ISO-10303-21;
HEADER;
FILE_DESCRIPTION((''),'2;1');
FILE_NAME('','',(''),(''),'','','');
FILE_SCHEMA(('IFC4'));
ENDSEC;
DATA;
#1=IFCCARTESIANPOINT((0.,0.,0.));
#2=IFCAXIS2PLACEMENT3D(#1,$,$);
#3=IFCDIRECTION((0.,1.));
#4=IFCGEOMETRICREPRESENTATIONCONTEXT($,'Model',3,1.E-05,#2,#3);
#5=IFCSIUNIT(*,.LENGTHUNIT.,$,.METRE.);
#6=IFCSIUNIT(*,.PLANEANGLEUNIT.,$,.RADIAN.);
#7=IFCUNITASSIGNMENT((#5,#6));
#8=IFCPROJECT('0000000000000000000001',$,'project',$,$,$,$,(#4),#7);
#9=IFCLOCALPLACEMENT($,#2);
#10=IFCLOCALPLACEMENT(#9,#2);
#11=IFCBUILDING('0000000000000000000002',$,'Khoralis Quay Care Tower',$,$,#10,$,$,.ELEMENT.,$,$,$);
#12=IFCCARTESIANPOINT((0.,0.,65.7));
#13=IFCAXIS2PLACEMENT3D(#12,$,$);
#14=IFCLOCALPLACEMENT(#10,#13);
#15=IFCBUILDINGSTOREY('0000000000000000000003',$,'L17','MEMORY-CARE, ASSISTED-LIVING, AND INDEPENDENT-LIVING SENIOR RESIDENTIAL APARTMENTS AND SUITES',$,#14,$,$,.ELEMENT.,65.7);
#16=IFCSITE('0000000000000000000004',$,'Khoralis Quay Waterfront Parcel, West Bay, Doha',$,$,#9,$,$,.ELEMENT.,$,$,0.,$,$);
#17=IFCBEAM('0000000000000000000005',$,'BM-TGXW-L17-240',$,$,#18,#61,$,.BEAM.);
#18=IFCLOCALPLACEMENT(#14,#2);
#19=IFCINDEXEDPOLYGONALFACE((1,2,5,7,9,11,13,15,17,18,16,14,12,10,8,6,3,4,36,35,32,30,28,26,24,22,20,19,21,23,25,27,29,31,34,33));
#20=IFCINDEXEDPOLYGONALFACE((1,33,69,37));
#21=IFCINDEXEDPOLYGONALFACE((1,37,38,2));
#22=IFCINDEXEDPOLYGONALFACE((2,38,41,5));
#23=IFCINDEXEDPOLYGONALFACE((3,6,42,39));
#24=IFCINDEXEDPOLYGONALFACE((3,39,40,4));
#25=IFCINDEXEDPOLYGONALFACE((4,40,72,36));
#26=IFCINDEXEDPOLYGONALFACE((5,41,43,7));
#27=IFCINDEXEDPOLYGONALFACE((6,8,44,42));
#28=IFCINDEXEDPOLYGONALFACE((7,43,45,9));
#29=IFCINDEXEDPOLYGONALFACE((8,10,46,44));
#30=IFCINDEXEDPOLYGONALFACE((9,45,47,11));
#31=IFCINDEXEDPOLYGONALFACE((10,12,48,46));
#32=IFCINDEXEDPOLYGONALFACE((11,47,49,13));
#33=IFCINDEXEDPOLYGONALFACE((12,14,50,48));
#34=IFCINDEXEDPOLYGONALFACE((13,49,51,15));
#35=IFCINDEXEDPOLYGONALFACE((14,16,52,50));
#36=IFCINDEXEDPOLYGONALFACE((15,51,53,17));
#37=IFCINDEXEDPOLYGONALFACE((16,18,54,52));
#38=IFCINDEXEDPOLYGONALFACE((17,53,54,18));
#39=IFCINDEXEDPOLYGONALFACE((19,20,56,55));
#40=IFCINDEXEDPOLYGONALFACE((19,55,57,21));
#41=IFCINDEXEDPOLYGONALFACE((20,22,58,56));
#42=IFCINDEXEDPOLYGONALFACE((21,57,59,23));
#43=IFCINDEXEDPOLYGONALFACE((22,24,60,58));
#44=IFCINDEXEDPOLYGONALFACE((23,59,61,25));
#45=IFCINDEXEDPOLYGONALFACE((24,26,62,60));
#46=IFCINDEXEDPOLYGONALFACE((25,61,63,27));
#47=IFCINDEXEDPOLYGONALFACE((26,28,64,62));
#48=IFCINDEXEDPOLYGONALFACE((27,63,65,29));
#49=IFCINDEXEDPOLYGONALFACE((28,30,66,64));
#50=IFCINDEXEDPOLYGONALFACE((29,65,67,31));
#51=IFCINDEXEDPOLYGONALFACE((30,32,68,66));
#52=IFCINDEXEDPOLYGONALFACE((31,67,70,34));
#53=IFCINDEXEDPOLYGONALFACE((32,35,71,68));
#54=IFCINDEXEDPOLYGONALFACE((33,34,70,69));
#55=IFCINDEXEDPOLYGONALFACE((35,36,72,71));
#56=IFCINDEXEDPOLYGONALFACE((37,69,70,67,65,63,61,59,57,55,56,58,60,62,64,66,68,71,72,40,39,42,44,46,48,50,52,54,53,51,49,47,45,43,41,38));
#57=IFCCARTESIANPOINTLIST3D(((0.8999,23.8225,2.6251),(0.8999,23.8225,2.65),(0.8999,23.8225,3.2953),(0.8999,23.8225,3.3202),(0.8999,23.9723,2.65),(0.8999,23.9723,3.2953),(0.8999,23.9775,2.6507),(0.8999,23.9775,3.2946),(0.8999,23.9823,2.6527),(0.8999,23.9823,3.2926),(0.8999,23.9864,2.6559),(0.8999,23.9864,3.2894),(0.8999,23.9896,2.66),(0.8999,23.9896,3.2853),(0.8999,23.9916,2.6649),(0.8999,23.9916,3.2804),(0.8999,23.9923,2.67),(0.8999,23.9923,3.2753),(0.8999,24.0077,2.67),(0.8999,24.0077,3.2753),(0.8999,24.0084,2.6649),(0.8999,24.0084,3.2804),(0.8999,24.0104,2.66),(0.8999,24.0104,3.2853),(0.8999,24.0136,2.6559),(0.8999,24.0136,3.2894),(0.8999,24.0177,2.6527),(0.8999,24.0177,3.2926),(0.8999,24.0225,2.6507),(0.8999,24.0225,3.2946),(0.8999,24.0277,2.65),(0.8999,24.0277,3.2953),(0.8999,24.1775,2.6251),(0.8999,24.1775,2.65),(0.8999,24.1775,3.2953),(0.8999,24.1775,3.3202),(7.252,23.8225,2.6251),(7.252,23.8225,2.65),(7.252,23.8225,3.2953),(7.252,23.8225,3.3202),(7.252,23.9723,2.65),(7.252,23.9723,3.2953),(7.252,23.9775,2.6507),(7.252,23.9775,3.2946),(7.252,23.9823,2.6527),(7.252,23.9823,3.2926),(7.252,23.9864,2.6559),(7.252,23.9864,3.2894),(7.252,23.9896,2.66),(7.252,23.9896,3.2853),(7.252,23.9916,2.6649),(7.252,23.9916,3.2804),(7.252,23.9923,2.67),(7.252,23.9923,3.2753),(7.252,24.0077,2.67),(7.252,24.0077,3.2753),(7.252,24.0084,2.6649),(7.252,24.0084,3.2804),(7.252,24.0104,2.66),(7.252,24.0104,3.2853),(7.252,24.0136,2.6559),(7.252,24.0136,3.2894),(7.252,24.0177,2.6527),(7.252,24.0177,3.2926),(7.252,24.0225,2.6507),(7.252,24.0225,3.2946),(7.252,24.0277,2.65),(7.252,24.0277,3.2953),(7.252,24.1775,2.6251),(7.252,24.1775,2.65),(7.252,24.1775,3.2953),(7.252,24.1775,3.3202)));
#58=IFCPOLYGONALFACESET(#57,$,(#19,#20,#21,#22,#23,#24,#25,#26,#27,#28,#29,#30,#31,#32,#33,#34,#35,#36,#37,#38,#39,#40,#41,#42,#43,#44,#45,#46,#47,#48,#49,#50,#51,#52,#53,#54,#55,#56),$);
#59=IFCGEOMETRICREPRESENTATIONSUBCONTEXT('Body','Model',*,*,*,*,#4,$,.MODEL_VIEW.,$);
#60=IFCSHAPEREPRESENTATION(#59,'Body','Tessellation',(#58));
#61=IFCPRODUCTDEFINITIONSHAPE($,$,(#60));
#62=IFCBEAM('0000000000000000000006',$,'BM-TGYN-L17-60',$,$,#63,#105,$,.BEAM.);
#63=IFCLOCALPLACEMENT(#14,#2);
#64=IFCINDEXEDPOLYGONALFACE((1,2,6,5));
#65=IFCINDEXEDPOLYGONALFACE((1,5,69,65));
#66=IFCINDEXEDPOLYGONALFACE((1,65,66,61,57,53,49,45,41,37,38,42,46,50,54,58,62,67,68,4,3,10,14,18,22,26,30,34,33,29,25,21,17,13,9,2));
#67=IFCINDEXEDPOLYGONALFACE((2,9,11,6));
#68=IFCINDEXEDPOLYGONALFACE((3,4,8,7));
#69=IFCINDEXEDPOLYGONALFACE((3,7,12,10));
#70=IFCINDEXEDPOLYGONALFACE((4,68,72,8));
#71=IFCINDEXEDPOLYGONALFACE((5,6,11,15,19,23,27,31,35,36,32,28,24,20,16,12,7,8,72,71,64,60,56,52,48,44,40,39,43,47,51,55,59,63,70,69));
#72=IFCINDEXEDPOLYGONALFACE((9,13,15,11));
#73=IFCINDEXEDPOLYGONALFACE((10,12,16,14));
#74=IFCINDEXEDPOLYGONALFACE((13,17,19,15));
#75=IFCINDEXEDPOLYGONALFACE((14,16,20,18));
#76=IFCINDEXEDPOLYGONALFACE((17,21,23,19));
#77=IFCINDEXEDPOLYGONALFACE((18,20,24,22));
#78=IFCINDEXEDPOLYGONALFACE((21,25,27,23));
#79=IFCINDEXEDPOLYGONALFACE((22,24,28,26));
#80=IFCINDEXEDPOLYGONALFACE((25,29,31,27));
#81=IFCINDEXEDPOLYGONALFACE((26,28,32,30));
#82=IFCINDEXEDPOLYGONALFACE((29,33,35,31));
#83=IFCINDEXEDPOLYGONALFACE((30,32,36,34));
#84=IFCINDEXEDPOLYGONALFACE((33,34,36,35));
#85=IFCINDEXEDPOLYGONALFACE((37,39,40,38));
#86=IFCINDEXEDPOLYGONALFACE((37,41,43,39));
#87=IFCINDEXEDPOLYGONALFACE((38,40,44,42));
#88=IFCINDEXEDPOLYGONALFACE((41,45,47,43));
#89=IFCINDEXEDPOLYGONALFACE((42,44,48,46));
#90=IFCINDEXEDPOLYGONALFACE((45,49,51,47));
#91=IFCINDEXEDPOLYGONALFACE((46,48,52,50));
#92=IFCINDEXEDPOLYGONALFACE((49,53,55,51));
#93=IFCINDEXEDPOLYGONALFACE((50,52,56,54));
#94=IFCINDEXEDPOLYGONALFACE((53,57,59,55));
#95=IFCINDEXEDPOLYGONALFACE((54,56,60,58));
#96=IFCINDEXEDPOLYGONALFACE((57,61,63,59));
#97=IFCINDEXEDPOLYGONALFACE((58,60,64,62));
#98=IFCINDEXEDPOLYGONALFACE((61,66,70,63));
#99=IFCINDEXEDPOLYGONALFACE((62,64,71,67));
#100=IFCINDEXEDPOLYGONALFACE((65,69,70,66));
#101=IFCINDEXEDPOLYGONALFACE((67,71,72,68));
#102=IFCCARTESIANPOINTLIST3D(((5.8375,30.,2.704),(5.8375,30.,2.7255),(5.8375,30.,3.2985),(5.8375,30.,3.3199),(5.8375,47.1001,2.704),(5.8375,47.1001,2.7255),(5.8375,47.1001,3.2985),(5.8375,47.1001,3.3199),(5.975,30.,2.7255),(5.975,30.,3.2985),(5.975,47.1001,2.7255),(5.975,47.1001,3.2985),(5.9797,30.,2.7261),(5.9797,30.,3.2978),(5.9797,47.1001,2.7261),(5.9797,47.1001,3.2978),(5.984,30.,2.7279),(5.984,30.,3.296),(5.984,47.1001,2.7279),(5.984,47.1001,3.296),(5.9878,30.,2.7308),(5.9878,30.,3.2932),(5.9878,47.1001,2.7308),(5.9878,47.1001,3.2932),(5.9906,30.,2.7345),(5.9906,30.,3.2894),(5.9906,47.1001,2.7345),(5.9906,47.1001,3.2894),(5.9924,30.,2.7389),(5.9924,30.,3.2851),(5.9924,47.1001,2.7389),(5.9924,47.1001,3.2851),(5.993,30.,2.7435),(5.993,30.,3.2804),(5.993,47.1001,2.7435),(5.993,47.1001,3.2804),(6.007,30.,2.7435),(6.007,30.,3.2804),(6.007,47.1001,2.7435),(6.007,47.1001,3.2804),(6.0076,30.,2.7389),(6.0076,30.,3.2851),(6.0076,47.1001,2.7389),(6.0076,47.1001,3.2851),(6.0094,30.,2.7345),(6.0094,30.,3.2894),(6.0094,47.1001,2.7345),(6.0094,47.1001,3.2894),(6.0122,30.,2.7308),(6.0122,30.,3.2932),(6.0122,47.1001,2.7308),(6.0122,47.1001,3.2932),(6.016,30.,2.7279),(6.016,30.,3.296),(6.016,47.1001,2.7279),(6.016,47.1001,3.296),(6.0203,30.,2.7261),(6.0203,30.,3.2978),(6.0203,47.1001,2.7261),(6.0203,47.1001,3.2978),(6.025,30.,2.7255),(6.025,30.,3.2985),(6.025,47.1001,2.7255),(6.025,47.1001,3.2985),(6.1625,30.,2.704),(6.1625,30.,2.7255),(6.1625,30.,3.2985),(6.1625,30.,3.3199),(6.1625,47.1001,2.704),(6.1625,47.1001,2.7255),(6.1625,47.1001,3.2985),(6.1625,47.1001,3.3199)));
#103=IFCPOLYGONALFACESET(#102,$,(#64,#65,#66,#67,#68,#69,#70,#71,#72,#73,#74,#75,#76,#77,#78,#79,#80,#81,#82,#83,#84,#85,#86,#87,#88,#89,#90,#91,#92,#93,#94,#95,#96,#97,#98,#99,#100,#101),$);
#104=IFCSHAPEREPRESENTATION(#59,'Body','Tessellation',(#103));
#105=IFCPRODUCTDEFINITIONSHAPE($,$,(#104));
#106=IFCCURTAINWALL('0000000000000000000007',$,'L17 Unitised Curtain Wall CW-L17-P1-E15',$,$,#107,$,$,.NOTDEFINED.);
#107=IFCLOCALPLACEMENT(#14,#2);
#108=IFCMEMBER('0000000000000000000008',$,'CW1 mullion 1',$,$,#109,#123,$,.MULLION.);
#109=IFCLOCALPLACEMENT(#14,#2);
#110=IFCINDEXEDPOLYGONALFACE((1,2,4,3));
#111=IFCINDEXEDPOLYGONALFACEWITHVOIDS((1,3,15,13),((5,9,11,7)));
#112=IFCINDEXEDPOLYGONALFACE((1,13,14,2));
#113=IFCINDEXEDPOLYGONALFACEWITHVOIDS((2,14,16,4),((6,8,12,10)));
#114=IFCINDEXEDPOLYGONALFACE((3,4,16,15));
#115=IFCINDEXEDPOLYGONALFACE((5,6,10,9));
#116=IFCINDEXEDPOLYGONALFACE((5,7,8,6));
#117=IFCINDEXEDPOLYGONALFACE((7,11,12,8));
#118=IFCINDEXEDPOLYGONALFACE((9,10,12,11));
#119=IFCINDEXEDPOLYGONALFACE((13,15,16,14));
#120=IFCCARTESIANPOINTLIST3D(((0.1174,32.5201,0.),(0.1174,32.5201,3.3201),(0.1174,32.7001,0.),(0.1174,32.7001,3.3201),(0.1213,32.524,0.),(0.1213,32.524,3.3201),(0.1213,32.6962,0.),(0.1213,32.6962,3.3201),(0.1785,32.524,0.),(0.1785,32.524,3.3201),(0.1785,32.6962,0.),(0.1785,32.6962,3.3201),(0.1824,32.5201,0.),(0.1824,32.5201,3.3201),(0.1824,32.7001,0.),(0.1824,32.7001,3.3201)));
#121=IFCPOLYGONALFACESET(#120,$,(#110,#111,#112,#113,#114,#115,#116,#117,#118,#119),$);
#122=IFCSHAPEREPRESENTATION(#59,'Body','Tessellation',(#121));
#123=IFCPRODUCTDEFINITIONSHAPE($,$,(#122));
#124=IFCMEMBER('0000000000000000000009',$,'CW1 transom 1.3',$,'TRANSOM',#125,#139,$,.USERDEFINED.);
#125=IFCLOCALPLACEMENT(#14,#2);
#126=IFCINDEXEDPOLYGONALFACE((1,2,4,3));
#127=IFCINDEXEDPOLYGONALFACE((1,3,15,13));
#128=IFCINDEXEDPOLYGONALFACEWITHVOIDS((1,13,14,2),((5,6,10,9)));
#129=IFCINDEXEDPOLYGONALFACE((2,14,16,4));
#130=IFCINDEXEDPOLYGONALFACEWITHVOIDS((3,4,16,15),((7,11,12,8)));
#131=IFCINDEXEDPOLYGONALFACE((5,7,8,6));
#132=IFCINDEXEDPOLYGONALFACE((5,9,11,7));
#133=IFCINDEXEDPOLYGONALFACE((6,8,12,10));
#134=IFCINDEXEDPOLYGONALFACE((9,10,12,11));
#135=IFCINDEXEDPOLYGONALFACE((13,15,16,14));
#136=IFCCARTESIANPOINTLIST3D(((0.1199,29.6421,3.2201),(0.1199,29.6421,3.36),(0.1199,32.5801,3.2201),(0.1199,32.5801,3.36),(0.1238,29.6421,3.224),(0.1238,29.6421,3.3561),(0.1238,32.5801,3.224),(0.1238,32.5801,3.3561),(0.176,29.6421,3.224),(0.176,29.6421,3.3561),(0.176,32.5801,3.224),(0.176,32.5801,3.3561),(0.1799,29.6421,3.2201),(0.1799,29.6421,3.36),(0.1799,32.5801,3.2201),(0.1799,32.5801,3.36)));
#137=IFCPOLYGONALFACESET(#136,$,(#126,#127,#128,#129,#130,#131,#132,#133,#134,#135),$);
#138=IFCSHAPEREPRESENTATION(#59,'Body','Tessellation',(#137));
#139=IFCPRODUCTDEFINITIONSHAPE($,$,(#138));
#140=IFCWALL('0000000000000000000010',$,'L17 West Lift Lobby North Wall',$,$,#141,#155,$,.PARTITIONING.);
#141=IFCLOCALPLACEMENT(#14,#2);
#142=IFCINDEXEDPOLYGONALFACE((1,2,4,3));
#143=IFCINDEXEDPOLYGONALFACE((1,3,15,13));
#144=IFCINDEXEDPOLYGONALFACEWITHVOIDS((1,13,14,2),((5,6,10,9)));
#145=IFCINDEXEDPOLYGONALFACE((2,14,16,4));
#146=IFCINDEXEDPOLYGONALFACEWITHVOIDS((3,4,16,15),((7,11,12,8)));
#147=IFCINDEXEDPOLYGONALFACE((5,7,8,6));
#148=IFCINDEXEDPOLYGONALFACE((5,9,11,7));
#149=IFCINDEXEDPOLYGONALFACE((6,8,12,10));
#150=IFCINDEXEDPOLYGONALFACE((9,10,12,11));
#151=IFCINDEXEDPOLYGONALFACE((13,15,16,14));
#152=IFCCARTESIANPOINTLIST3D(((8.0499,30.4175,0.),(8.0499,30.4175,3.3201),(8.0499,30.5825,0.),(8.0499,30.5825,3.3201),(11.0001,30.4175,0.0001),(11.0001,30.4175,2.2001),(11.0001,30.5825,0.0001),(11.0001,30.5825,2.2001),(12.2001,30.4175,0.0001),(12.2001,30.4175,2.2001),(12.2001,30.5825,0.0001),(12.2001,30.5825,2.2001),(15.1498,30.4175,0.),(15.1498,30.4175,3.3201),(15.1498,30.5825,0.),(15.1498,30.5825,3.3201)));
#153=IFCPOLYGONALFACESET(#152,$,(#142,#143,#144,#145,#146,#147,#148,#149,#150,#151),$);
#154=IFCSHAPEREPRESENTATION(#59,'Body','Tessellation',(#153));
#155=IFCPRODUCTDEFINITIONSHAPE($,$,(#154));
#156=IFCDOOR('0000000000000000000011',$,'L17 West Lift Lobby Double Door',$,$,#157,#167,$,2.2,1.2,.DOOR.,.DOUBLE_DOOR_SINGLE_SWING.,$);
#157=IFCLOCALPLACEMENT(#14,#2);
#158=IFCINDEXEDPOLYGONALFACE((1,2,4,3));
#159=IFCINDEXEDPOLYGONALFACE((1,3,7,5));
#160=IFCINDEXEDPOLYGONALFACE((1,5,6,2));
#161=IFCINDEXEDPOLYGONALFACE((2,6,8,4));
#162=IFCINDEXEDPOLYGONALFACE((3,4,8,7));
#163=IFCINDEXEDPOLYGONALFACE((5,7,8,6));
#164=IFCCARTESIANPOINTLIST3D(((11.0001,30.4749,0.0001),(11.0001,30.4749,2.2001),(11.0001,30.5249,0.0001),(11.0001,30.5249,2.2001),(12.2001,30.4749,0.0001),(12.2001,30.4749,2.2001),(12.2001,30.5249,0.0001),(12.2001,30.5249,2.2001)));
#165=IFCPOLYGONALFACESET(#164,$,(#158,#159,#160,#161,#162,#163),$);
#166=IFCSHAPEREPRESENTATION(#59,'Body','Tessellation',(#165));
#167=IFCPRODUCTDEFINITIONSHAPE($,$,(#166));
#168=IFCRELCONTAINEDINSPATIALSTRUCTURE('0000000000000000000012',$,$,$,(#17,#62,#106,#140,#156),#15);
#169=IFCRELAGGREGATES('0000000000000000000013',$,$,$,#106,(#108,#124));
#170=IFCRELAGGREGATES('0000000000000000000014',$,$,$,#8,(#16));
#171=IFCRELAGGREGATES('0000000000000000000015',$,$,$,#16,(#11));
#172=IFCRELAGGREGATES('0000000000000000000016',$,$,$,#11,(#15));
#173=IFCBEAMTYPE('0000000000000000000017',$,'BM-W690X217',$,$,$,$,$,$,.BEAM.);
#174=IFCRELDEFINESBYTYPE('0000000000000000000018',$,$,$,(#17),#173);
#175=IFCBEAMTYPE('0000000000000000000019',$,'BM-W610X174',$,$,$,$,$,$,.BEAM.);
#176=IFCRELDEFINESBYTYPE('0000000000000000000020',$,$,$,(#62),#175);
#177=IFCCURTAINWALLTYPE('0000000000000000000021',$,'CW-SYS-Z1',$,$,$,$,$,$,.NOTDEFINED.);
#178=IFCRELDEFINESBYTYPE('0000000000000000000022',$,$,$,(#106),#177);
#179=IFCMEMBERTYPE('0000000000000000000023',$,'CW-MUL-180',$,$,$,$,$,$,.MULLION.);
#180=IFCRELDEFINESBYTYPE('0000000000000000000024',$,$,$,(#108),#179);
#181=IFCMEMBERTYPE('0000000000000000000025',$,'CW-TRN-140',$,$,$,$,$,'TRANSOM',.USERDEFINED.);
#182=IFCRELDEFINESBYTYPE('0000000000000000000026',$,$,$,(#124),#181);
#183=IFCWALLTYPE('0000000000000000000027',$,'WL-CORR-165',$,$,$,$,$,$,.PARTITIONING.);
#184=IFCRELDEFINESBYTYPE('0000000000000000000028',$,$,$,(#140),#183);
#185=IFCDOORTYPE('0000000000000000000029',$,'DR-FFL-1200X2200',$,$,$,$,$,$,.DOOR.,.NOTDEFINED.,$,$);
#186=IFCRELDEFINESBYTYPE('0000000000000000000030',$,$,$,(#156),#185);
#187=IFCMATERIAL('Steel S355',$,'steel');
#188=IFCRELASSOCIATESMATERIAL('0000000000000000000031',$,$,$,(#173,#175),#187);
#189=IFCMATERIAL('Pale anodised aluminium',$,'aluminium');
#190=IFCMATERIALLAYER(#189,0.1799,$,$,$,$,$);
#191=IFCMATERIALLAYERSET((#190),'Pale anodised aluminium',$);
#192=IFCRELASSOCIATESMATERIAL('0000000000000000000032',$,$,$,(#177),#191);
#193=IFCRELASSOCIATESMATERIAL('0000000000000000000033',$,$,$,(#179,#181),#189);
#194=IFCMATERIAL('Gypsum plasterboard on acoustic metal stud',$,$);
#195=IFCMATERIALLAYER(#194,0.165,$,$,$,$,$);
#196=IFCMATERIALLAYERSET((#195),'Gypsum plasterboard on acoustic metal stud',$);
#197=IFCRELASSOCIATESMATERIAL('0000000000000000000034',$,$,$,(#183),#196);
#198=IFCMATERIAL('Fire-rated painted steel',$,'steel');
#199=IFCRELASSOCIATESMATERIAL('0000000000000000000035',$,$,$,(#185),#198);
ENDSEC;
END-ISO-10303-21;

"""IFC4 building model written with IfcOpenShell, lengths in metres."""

from ifc_helpers import new_model, si_unit, direction, frame, frame_2d, origin, origin_2d, place, context, subcontext, project, spatial, rectangle, hollow_rectangle, i_section, extrude, source, transform, mapped, material, layer, layer_set, material_profile, profile_set, type_object, element, fill, aggregate, save


model = new_model("IFC4")

# Units and contexts
model_context = context("Model", 3, precision=1e-05, world=origin(), true_north=direction((0.0, 1.0)))
body_context = subcontext(model_context, "Body", "Model", "MODEL_VIEW")
ifc_project = project(units=[si_unit("LENGTHUNIT", "METRE"), si_unit("PLANEANGLEUNIT", "RADIAN")], contexts=[model_context])

# Site, building, storey
site_placement = place(None, origin())
site = spatial("IfcSite", under=ifc_project, at=site_placement, Name="Khoralis Quay Waterfront Parcel, West Bay, Doha", CompositionType="ELEMENT", RefElevation=0.0)
building_placement = place(site_placement, origin())
building = spatial("IfcBuilding", under=site, at=building_placement, Name="Khoralis Quay Care Tower", CompositionType="ELEMENT")
storey_placement = place(building_placement, frame((0.0, 0.0, 65.7)))
storey = spatial("IfcBuildingStorey", under=building, at=storey_placement, Name="L17", Description="MEMORY-CARE, ASSISTED-LIVING, AND INDEPENDENT-LIVING SENIOR RESIDENTIAL APARTMENTS AND SUITES", CompositionType="ELEMENT", Elevation=65.7)

# Beams
ifc_material_1 = material(Name="Steel S355", Category="steel")
ifc_material_profile_1 = material_profile(ifc_material_1, i_section(OverallWidth=0.355, OverallDepth=0.6951, WebThickness=0.0154, FlangeThickness=0.0249, FilletRadius=0.02, at=origin_2d()), Name="Steel S355")
ifc_profile_set_1 = profile_set([ifc_material_profile_1], Name="Steel S355")
beam_type_1 = type_object("IfcBeamType", Name="BM-W690X217", PredefinedType="BEAM", material=ifc_profile_set_1)
shared_shape_1 = source(origin(), body_context, "Body", "SweptSolid", [
    extrude(i_section(OverallWidth=0.355, OverallDepth=0.6951, WebThickness=0.0154, FlangeThickness=0.0249, FilletRadius=0.02, at=origin_2d()), origin(), (0.0, 0.0, 1.0), 6.3521),
])
beam_1_placement = place(storey_placement, frame((0.8999, 24.0, 2.9727), z_axis=(1.0, 0.0, 0.0), x_axis=(0.0, 1.0, 0.0)))
element("IfcBeam", 1, at=beam_1_placement, inside=storey, type_object=beam_type_1, Name="BM-TGXW-L17-240", PredefinedType="BEAM", context=body_context, shape_type="MappedRepresentation", body=[
    mapped(shared_shape_1, transform((0.0, 0.0, 0.0), scale=1.0)),
])
ifc_material_profile_2 = material_profile(ifc_material_1, i_section(OverallWidth=0.325, OverallDepth=0.616, WebThickness=0.0139, FlangeThickness=0.0215, FilletRadius=0.0181, at=origin_2d()), Name="Steel S355")
ifc_profile_set_2 = profile_set([ifc_material_profile_2], Name="Steel S355")
beam_type_2 = type_object("IfcBeamType", Name="BM-W610X174", PredefinedType="BEAM", material=ifc_profile_set_2)
shared_shape_2 = source(origin(), body_context, "Body", "SweptSolid", [
    extrude(i_section(OverallWidth=0.325, OverallDepth=0.616, WebThickness=0.0139, FlangeThickness=0.0215, FilletRadius=0.0181, at=origin_2d()), origin(), (0.0, 0.0, 1.0), 17.1001),
])
beam_2_placement = place(storey_placement, frame((6.0, 30.0, 3.012), z_axis=(0.0, 1.0, 0.0), x_axis=(-1.0, 0.0, 0.0)))
element("IfcBeam", 2, at=beam_2_placement, inside=storey, type_object=beam_type_2, Name="BM-TGYN-L17-60", PredefinedType="BEAM", context=body_context, shape_type="MappedRepresentation", body=[
    mapped(shared_shape_2, transform((0.0, 0.0, 0.0), scale=1.0)),
])

# Curtain wall, members
ifc_material_2 = material(Name="Pale anodised aluminium", Category="aluminium")
ifc_layer_1 = layer(ifc_material_2, 0.1799)
ifc_layer_set_1 = layer_set([ifc_layer_1], Name="Pale anodised aluminium")
curtain_wall_type = type_object("IfcCurtainWallType", Name="CW-SYS-Z1", PredefinedType="NOTDEFINED", material=ifc_layer_set_1)
curtain_wall_placement = place(storey_placement, origin())
curtain_wall = element("IfcCurtainWall", 3, at=curtain_wall_placement, inside=storey, type_object=curtain_wall_type, Name="L17 Unitised Curtain Wall CW-L17-P1-E15", PredefinedType="NOTDEFINED")
ifc_material_profile_3 = material_profile(ifc_material_2, hollow_rectangle(XDim=0.0649, YDim=0.1799, WallThickness=0.0039, at=origin_2d()), Name="Pale anodised aluminium")
ifc_profile_set_3 = profile_set([ifc_material_profile_3], Name="Pale anodised aluminium")
member_type_1 = type_object("IfcMemberType", Name="CW-MUL-180", PredefinedType="MULLION", material=ifc_profile_set_3)
shared_shape_3 = source(origin(), body_context, "Body", "SweptSolid", [
    extrude(hollow_rectangle(XDim=0.0649, YDim=0.1799, WallThickness=0.0039, at=origin_2d()), origin(), (0.0, 0.0, 1.0), 3.3201),
])
member_1_placement = place(storey_placement, frame((0.1499, 32.6101, 0.0), z_axis=(0.0, 0.0, 1.0), x_axis=(1.0, 0.0, 0.0)))
member_1 = element("IfcMember", 4, at=member_1_placement, type_object=member_type_1, Name="CW1 mullion 1", PredefinedType="MULLION", context=body_context, shape_type="MappedRepresentation", body=[
    mapped(shared_shape_3, transform((0.0, 0.0, 0.0), scale=1.0)),
])
ifc_material_profile_4 = material_profile(ifc_material_2, hollow_rectangle(XDim=0.0601, YDim=0.1399, WallThickness=0.0039, at=origin_2d()), Name="Pale anodised aluminium")
ifc_profile_set_4 = profile_set([ifc_material_profile_4], Name="Pale anodised aluminium")
member_type_2 = type_object("IfcMemberType", Name="CW-TRN-140", ElementType="TRANSOM", PredefinedType="USERDEFINED", material=ifc_profile_set_4)
shared_shape_4 = source(origin(), body_context, "Body", "SweptSolid", [
    extrude(hollow_rectangle(XDim=0.0601, YDim=0.1399, WallThickness=0.0039, at=origin_2d()), origin(), (0.0, 0.0, 1.0), 2.938),
])
member_2_placement = place(storey_placement, frame((0.1499, 32.5801, 3.29), z_axis=(0.0, -1.0, 0.0), x_axis=(1.0, 0.0, 0.0)))
member_2 = element("IfcMember", 5, at=member_2_placement, type_object=member_type_2, Name="CW1 transom 1.3", ObjectType="TRANSOM", PredefinedType="USERDEFINED", context=body_context, shape_type="MappedRepresentation", body=[
    mapped(shared_shape_4, transform((0.0, 0.0, 0.0), scale=1.0)),
])
aggregate(curtain_wall, [member_1, member_2])

# Wall, opening, door
ifc_material_3 = material(Name="Gypsum plasterboard on acoustic metal stud")
ifc_layer_2 = layer(ifc_material_3, 0.165)
ifc_layer_set_2 = layer_set([ifc_layer_2], Name="Gypsum plasterboard on acoustic metal stud")
wall_type_1 = type_object("IfcWallType", Name="WL-CORR-165", PredefinedType="PARTITIONING", material=ifc_layer_set_2)
wall_1_placement = place(storey_placement, frame((8.05, 30.5, 0.0), z_axis=(0.0, 0.0, 1.0), x_axis=(1.0, 0.0, 0.0)))
wall_1 = element("IfcWall", 6, at=wall_1_placement, inside=storey, type_object=wall_type_1, Name="L17 West Lift Lobby North Wall", PredefinedType="PARTITIONING", context=body_context, shape_type="SweptSolid", body=[
    extrude(rectangle(XDim=7.0999, YDim=0.165, at=frame_2d((3.5498, 0.0))), origin(), (0.0, 0.0, 1.0), 3.3201),
])
opening_placement = place(wall_1_placement, frame((2.95, 0.0, 0.0)))
opening = element("IfcOpeningElement", 7, at=opening_placement, cuts=wall_1, PredefinedType="OPENING", context=body_context, shape_type="SweptSolid", body=[
    extrude(rectangle(XDim=1.2, YDim=2.2, at=frame_2d((0.6001, 1.1001))), frame((0.0, 0.0925, 0.0), z_axis=(0.0, -1.0, 0.0), x_axis=(1.0, 0.0, 0.0)), (0.0, 0.0, 1.0), 0.1851),
])
ifc_material_4 = material(Name="Fire-rated painted steel", Category="steel")
door_type = type_object("IfcDoorType", Name="DR-FFL-1200X2200", OperationType="NOTDEFINED", PredefinedType="DOOR", material=ifc_material_4)
shared_shape_5 = source(origin(), body_context, "Body", "SweptSolid", [
    extrude(rectangle(XDim=1.2, YDim=2.2, at=frame_2d((0.6001, 1.1001))), frame((0.0, 0.0249, 0.0), z_axis=(0.0, -1.0, 0.0), x_axis=(1.0, 0.0, 0.0)), (0.0, 0.0, 1.0), 0.05),
])
door_placement = place(opening_placement, origin())
door = element("IfcDoor", 8, at=door_placement, inside=storey, type_object=door_type, Name="L17 West Lift Lobby Double Door", OperationType="DOUBLE_DOOR_SINGLE_SWING", OverallHeight=2.2, OverallWidth=1.2, PredefinedType="DOOR", context=body_context, shape_type="MappedRepresentation", body=[
    mapped(shared_shape_5, transform((0.0, 0.0, 0.0), scale=1.0)),
])
fill(opening, door)

save(model, "model.ifc")
